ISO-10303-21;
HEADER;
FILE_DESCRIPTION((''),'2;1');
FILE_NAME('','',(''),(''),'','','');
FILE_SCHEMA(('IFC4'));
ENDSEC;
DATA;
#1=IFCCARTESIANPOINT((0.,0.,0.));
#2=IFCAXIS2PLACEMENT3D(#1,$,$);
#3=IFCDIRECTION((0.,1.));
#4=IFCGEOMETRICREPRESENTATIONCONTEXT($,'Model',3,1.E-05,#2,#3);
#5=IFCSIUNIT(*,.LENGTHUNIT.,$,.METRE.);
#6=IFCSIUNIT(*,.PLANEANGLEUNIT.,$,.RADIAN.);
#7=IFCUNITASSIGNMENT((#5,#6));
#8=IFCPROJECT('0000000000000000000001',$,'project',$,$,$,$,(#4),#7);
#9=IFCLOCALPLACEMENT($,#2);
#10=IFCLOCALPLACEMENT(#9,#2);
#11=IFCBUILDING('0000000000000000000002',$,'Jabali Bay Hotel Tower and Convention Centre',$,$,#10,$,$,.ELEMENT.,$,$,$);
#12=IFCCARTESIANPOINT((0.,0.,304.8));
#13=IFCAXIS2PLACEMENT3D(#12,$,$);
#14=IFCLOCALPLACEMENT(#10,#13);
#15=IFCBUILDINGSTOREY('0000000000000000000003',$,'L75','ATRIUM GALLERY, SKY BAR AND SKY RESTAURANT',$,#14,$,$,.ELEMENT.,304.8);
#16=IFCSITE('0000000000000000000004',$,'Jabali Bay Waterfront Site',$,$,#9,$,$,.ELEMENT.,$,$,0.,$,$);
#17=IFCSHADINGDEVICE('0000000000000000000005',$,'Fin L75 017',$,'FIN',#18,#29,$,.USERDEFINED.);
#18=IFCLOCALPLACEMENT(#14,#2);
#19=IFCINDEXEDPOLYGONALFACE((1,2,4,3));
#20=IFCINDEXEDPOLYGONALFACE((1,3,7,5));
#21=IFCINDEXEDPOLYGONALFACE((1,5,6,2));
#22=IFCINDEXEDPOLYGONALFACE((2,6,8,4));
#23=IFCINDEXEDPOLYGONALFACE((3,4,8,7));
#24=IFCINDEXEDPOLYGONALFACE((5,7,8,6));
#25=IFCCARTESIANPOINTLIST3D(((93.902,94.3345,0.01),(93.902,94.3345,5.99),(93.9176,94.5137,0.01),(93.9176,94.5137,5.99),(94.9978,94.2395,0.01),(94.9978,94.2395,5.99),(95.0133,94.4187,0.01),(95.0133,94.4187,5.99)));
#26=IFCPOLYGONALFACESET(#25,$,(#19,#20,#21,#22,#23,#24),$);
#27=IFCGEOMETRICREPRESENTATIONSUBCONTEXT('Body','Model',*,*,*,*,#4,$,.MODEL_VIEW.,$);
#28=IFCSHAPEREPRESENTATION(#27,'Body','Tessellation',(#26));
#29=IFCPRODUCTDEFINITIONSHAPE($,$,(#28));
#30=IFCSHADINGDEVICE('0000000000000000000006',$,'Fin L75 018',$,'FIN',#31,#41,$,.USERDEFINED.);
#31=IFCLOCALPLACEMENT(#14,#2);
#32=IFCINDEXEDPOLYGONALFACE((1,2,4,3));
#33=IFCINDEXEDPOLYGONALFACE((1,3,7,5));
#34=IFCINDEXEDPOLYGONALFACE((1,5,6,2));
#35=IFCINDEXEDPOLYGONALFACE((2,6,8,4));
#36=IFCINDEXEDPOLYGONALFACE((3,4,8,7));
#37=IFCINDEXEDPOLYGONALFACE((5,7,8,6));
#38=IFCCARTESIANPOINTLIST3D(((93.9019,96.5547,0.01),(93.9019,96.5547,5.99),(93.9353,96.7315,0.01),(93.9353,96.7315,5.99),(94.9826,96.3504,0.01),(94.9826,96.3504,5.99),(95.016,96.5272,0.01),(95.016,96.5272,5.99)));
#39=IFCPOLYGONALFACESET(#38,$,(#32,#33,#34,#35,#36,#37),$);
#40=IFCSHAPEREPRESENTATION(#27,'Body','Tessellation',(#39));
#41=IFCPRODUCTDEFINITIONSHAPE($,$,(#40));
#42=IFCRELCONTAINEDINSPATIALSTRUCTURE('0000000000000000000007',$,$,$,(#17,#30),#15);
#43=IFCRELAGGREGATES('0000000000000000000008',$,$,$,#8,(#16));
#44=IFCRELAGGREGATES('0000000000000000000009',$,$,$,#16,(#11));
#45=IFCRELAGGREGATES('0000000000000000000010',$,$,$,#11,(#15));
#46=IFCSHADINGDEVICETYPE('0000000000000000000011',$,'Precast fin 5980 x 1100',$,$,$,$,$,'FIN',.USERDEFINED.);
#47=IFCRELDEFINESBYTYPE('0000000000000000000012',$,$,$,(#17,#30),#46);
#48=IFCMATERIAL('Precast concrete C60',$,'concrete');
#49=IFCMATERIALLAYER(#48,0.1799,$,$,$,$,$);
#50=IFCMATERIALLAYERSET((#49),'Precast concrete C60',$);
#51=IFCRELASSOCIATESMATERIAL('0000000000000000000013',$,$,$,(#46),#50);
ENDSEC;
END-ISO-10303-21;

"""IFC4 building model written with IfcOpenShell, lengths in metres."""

from ifc_helpers import new_model, si_unit, direction, frame, frame_2d, origin, place, context, subcontext, project, spatial, rectangle, extrude, material, layer, layer_set, type_object, element, save


model = new_model("IFC4")

# Units and contexts
model_context = context("Model", 3, precision=1e-05, world=origin(), true_north=direction((0.0, 1.0)))
body_context = subcontext(model_context, "Body", "Model", "MODEL_VIEW")
ifc_project = project(units=[si_unit("LENGTHUNIT", "METRE"), si_unit("PLANEANGLEUNIT", "RADIAN")], contexts=[model_context])

# Site, building, storey
site_placement = place(None, origin())
site = spatial("IfcSite", under=ifc_project, at=site_placement, Name="Jabali Bay Waterfront Site", CompositionType="ELEMENT", RefElevation=0.0)
building_placement = place(site_placement, origin())
building = spatial("IfcBuilding", under=site, at=building_placement, Name="Jabali Bay Hotel Tower and Convention Centre", CompositionType="ELEMENT")
storey_placement = place(building_placement, frame((0.0, 0.0, 304.8)))
storey = spatial("IfcBuildingStorey", under=building, at=storey_placement, Name="L75", Description="ATRIUM GALLERY, SKY BAR AND SKY RESTAURANT", CompositionType="ELEMENT", Elevation=304.8)

# Shading devices
ifc_material_1 = material(Name="Precast concrete C60", Category="concrete")
ifc_layer_1 = layer(ifc_material_1, 0.1799)
ifc_layer_set_1 = layer_set([ifc_layer_1], Name="Precast concrete C60")
shading_device_type = type_object("IfcShadingDeviceType", Name="Precast fin 5980 x 1100", ElementType="FIN", PredefinedType="USERDEFINED", material=ifc_layer_set_1)
for number, where, z_axis, x_axis, name in (
    (1, (93.9099, 94.4241, 0.01), (0.0, 0.0, 1.0), (0.996265, -0.086352, 0.0), "Fin L75 017"),
    (2, (93.9187, 96.6431, 0.01), (0.0, 0.0, 1.0), (0.982592, -0.185776, 0.0), "Fin L75 018"),
):
    element("IfcShadingDevice", number, at=place(storey_placement, frame(where, z_axis=z_axis, x_axis=x_axis)), inside=storey, type_object=shading_device_type, Name=name, ObjectType="FIN", PredefinedType="USERDEFINED", context=body_context, shape_type="SweptSolid", body=[
        extrude(rectangle(XDim=1.0999, YDim=0.1799, at=frame_2d((0.5498, 0.0))), origin(), (0.0, 0.0, 1.0), 5.98),
    ])

save(model, "model.ifc")
